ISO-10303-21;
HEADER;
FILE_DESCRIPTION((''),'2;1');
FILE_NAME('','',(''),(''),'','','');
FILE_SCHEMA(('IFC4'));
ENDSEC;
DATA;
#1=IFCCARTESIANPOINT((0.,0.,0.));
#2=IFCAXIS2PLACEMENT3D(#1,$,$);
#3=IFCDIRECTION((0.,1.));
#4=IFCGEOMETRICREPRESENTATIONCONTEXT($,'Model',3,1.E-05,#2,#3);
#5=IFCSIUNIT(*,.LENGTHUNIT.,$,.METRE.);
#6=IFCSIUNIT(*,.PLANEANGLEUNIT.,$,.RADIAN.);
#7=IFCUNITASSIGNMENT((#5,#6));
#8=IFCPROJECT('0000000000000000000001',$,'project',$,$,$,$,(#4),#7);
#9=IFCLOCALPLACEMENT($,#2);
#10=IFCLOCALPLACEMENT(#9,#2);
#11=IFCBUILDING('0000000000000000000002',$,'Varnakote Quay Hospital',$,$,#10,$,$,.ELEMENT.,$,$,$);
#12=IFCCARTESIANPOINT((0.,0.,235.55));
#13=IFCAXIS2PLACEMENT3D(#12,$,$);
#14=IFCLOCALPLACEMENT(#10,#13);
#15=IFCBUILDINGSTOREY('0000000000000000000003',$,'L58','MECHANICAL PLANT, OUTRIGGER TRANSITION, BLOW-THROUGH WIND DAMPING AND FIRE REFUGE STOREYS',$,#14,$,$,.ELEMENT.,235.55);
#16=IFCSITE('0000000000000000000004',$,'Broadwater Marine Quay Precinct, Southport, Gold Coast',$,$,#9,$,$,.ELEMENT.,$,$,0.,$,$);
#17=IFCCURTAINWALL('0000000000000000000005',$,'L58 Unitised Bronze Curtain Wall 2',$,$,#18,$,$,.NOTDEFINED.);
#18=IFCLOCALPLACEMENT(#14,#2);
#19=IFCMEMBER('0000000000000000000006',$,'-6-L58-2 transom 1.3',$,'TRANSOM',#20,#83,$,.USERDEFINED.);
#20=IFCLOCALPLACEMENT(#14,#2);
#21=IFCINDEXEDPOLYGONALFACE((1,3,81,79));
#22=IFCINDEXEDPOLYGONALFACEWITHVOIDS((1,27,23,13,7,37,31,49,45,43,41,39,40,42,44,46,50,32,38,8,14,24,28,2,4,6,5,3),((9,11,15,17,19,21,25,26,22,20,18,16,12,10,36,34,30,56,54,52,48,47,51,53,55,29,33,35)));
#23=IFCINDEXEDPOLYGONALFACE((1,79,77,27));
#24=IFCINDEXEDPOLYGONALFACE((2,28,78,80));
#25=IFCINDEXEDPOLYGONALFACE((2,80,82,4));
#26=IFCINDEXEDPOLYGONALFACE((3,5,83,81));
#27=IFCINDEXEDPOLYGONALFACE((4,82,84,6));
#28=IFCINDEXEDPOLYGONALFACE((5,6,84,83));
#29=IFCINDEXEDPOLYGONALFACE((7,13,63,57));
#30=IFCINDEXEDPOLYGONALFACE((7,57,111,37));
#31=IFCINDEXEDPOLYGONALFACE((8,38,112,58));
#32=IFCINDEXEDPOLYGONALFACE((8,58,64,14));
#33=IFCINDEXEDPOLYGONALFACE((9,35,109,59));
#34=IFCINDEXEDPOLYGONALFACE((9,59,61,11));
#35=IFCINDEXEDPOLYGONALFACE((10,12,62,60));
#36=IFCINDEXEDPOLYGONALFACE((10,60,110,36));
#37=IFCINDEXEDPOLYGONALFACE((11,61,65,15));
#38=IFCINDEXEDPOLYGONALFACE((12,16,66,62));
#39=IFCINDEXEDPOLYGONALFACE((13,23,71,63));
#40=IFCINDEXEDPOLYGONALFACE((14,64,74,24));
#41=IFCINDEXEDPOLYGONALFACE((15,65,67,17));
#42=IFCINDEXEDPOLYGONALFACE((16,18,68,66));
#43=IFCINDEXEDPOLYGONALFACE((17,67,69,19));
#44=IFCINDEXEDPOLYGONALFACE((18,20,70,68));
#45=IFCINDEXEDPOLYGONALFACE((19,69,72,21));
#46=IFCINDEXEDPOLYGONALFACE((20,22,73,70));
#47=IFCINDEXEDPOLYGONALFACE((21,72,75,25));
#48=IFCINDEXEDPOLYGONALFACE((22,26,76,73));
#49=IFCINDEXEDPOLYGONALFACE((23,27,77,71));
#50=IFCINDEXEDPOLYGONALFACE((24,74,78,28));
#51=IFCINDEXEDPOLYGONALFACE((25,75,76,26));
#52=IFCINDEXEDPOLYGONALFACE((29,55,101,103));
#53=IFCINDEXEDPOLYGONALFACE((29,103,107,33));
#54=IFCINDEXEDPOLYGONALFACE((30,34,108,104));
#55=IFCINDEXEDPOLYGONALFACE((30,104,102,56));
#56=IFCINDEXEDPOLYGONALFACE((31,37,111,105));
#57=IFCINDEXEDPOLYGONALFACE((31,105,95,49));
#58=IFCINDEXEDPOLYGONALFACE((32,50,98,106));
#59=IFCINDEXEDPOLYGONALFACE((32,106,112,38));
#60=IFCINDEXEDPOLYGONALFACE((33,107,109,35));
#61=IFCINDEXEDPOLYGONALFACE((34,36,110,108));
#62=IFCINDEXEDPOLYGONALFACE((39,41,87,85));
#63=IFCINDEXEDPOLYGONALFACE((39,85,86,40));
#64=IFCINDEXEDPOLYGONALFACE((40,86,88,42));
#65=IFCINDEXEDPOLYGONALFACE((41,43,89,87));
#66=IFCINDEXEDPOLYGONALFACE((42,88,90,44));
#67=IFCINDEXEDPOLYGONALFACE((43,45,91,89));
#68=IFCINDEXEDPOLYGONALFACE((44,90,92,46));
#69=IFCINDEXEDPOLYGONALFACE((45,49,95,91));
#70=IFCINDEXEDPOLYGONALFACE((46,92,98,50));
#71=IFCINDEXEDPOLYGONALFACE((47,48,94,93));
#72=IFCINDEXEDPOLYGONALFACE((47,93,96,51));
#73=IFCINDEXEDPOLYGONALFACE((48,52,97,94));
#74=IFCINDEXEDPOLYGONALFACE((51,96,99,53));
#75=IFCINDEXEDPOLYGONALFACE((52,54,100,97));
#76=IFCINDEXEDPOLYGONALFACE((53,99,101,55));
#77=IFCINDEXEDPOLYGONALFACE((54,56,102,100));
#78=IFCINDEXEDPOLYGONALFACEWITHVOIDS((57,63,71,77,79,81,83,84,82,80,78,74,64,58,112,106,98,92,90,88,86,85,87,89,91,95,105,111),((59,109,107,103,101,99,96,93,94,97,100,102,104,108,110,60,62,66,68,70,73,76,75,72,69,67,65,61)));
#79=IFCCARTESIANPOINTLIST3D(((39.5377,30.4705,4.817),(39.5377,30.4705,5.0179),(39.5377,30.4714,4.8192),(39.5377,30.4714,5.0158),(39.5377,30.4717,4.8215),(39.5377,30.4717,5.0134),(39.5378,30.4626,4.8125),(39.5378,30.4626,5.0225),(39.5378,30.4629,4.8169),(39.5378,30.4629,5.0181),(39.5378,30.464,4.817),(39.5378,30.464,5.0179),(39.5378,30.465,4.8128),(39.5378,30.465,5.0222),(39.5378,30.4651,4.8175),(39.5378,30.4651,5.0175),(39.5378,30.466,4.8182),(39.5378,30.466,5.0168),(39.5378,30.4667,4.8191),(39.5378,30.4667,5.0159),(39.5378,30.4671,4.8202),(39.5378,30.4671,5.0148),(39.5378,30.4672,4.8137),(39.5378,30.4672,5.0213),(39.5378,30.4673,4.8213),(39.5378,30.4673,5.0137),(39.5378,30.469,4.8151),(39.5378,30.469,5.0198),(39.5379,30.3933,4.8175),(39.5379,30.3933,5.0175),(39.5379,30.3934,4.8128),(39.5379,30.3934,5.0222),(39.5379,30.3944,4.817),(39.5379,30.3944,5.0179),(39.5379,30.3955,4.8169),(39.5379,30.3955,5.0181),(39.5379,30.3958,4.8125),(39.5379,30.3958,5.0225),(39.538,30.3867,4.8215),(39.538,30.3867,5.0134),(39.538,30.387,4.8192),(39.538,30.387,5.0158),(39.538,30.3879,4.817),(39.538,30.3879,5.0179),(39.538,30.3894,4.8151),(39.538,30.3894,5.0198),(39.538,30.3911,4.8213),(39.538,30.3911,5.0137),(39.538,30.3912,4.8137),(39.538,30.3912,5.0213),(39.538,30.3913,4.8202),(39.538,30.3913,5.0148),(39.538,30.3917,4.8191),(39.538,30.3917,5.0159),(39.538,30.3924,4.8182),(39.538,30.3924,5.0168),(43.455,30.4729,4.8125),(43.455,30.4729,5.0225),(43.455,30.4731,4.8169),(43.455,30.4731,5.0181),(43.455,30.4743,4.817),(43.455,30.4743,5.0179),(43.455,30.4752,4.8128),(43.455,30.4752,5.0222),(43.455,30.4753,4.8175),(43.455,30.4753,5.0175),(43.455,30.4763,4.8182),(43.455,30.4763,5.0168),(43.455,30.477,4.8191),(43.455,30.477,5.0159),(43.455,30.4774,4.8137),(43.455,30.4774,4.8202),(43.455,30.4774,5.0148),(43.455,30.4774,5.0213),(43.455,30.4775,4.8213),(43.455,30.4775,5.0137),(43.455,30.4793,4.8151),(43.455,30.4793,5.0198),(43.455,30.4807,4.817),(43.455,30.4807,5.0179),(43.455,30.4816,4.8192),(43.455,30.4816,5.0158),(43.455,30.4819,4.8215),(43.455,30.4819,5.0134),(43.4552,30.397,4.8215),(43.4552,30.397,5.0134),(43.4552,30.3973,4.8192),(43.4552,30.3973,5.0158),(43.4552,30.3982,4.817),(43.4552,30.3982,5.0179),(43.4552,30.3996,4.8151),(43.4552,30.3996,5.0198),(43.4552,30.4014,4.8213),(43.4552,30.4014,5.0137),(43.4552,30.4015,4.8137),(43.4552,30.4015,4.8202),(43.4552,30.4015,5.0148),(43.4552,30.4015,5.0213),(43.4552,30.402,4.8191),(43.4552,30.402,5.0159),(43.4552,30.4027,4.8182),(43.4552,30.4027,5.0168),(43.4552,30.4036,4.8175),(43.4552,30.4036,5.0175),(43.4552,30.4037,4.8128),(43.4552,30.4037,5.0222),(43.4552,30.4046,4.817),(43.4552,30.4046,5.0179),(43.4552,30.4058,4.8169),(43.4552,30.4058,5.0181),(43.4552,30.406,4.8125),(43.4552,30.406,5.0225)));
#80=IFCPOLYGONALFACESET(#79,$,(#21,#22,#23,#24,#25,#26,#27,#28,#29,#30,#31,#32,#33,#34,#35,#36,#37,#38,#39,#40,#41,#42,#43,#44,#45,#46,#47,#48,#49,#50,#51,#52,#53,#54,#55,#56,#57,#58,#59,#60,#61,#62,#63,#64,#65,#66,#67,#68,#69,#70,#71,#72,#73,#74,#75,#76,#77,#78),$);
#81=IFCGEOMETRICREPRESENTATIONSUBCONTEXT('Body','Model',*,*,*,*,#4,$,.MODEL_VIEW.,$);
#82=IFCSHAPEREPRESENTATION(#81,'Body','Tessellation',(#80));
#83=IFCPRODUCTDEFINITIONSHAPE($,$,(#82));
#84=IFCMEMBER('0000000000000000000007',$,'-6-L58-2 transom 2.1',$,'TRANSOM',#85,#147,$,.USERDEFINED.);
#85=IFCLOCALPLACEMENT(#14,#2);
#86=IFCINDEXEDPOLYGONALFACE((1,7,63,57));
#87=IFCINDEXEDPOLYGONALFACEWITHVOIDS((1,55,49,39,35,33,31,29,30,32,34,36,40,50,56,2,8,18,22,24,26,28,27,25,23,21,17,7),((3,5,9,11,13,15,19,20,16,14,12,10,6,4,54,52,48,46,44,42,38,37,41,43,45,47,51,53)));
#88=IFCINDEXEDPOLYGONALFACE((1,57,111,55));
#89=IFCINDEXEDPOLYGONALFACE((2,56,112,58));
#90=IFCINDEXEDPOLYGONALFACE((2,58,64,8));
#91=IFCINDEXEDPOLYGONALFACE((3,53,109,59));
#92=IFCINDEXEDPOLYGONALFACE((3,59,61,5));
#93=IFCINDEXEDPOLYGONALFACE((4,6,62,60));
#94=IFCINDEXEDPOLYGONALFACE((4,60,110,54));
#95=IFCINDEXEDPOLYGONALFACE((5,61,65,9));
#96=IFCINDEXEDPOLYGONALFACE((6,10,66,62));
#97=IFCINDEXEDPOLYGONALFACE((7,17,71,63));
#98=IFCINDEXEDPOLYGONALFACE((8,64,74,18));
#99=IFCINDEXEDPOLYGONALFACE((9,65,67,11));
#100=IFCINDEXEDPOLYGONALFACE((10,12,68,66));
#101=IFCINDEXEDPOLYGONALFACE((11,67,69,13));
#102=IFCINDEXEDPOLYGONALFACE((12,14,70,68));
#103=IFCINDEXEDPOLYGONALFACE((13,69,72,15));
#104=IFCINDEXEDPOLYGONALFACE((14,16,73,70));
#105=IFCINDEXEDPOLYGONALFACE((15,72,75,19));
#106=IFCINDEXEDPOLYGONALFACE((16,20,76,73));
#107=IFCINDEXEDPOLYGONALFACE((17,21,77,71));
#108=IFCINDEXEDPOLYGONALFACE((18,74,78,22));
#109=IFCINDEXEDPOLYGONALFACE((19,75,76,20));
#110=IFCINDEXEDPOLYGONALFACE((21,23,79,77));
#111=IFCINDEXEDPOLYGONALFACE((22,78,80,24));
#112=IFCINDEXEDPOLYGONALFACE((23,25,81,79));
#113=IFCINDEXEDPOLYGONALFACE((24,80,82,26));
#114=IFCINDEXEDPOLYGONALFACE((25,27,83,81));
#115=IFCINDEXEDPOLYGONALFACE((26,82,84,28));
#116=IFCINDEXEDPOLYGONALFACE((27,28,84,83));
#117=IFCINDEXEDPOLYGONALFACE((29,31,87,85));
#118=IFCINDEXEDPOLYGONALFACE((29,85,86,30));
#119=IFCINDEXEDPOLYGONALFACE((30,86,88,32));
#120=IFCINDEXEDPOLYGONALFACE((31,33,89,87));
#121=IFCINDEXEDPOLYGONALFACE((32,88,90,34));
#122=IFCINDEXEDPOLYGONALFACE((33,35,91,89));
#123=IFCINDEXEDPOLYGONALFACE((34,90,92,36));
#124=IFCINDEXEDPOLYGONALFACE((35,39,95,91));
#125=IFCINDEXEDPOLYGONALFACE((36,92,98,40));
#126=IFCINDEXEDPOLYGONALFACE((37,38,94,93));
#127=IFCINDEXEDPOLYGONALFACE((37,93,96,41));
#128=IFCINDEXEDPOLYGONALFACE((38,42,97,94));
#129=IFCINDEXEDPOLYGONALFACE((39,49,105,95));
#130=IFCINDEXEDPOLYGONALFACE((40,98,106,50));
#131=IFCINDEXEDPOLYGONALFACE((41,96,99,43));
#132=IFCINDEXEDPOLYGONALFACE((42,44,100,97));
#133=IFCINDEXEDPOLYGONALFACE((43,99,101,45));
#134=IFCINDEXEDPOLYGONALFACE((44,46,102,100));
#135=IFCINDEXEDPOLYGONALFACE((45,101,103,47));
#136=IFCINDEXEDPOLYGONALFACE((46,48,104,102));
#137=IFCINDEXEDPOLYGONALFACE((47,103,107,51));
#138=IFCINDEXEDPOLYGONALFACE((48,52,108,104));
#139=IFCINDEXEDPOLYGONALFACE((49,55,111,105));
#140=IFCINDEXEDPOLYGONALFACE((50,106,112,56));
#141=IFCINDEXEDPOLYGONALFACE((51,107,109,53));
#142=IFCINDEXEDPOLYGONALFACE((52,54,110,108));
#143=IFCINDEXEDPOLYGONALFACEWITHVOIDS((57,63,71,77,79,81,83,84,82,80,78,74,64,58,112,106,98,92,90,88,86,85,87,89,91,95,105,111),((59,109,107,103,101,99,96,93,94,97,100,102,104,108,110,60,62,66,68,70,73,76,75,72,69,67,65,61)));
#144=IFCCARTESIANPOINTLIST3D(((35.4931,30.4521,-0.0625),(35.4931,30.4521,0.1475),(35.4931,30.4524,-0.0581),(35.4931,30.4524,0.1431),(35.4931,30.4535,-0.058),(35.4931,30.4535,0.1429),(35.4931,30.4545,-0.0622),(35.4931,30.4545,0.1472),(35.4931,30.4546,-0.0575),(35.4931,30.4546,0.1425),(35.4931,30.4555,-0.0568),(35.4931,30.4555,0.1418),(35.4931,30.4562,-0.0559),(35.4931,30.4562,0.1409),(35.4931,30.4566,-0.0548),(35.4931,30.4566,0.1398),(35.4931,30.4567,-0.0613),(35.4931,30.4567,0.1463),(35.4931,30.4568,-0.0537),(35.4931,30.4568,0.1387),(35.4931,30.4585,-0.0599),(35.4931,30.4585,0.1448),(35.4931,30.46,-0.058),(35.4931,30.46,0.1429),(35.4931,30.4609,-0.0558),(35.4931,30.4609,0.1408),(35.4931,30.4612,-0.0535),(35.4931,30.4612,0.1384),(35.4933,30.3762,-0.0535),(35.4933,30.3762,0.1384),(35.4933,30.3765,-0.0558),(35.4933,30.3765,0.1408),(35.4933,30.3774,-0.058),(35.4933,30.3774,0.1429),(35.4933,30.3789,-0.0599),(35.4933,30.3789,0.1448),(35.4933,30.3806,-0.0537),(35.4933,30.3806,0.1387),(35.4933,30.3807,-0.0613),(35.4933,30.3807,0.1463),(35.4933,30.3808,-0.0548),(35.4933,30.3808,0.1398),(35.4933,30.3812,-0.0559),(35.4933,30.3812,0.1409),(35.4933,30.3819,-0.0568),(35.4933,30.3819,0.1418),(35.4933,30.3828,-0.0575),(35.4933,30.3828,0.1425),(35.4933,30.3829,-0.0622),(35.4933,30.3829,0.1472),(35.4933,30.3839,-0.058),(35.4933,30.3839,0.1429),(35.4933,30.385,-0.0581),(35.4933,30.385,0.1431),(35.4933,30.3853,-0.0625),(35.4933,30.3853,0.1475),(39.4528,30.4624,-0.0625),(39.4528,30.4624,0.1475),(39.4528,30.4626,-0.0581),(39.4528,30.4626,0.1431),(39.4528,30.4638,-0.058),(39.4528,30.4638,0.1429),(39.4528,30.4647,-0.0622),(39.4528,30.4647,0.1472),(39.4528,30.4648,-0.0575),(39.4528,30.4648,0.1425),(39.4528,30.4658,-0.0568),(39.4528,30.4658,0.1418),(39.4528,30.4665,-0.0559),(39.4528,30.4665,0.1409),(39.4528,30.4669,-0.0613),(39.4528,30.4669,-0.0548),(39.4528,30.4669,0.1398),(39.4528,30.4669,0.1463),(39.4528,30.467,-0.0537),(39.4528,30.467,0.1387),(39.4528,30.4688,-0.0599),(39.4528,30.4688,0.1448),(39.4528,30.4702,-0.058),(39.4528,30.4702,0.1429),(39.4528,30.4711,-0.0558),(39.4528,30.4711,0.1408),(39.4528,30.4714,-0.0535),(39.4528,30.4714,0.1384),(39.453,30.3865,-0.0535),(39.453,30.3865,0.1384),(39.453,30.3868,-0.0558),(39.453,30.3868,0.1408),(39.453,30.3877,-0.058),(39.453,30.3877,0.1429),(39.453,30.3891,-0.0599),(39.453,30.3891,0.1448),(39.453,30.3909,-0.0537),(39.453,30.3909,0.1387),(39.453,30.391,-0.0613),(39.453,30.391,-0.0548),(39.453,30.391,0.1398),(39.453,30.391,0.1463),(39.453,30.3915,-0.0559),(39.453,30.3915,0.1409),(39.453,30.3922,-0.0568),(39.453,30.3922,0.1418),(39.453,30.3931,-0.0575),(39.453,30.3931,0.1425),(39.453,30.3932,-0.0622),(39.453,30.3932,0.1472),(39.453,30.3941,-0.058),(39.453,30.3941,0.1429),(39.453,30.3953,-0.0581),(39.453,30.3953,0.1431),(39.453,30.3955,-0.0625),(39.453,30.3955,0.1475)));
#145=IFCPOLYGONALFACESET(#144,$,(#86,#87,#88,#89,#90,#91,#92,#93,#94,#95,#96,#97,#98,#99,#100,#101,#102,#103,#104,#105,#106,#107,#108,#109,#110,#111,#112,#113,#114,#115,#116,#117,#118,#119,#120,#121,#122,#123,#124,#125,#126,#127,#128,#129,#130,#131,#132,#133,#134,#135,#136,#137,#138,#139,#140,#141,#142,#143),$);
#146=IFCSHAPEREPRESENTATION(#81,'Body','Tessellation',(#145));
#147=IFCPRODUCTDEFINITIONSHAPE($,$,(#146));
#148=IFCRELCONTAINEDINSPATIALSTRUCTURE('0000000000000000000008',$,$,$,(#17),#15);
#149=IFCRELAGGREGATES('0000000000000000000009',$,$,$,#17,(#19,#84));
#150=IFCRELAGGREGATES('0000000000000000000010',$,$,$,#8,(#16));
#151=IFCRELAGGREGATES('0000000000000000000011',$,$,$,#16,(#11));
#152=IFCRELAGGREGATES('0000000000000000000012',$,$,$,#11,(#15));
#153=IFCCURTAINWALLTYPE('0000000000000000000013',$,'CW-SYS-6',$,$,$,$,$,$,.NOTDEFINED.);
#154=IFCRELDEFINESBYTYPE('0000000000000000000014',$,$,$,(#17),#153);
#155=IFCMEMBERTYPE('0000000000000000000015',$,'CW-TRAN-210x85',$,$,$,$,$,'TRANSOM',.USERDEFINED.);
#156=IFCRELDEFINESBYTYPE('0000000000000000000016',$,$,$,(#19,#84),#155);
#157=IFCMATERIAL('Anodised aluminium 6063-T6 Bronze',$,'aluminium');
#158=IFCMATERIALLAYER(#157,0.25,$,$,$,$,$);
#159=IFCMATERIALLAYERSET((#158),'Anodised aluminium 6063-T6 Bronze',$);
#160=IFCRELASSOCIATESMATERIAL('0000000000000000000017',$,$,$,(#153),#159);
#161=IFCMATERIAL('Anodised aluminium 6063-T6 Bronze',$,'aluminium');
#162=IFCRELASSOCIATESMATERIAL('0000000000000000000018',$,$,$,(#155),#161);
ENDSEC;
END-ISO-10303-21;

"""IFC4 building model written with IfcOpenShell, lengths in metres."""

from ifc_helpers import new_model, si_unit, direction, frame, origin, origin_2d, place, context, subcontext, project, spatial, hollow_rectangle, extrude, material, layer, layer_set, material_profile, profile_set, type_object, element, aggregate, save


model = new_model("IFC4")

# Units and contexts
model_context = context("Model", 3, precision=1e-05, world=origin(), true_north=direction((0.0, 1.0)))
body_context = subcontext(model_context, "Body", "Model", "MODEL_VIEW")
ifc_project = project(units=[si_unit("LENGTHUNIT", "METRE"), si_unit("PLANEANGLEUNIT", "RADIAN")], contexts=[model_context])

# Site, building, storey
site_placement = place(None, origin())
site = spatial("IfcSite", under=ifc_project, at=site_placement, Name="Broadwater Marine Quay Precinct, Southport, Gold Coast", CompositionType="ELEMENT", RefElevation=0.0)
building_placement = place(site_placement, origin())
building = spatial("IfcBuilding", under=site, at=building_placement, Name="Varnakote Quay Hospital", CompositionType="ELEMENT")
storey_placement = place(building_placement, frame((0.0, 0.0, 235.55)))
storey = spatial("IfcBuildingStorey", under=building, at=storey_placement, Name="L58", Description="MECHANICAL PLANT, OUTRIGGER TRANSITION, BLOW-THROUGH WIND DAMPING AND FIRE REFUGE STOREYS", CompositionType="ELEMENT", Elevation=235.55)

# Curtain wall
ifc_material_1 = material(Name="Anodised aluminium 6063-T6 Bronze", Category="aluminium")
ifc_layer_1 = layer(ifc_material_1, 0.25)
ifc_layer_set_1 = layer_set([ifc_layer_1], Name="Anodised aluminium 6063-T6 Bronze")
curtain_wall_type = type_object("IfcCurtainWallType", Name="CW-SYS-6", PredefinedType="NOTDEFINED", material=ifc_layer_set_1)
curtain_wall_1_placement = place(storey_placement, origin())
curtain_wall_1 = element("IfcCurtainWall", 1, at=curtain_wall_1_placement, inside=storey, type_object=curtain_wall_type, Name="L58 Unitised Bronze Curtain Wall 2", PredefinedType="NOTDEFINED")

# Members
ifc_material_2 = material(Name="Anodised aluminium 6063-T6 Bronze", Category="aluminium")
ifc_material_profile_1 = material_profile(ifc_material_2, hollow_rectangle(XDim=0.085, YDim=0.21, WallThickness=0.0044, InnerFilletRadius=0.0044, OuterFilletRadius=0.009, at=origin_2d()), Name="CW-TRAN-210x85")
ifc_profile_set_1 = profile_set([ifc_material_profile_1], Name="Anodised aluminium 6063-T6 Bronze")
member_type_1 = type_object("IfcMemberType", Name="CW-TRAN-210x85", ElementType="TRANSOM", PredefinedType="USERDEFINED", material=ifc_profile_set_1)
member_1_placement = place(storey_placement, frame((43.4551, 30.4395, 4.9175), z_axis=(-0.999997, -0.002618, 0.0), x_axis=(0.002618, -0.999997, 0.0)))
member_1 = element("IfcMember", 2, at=member_1_placement, type_object=member_type_1, Name="-6-L58-2 transom 1.3", ObjectType="TRANSOM", PredefinedType="USERDEFINED", context=body_context, shape_type="SweptSolid", body=[
    extrude(hollow_rectangle(XDim=0.085, YDim=0.21, WallThickness=0.0044, InnerFilletRadius=0.0044, OuterFilletRadius=0.009, at=origin_2d()), origin(), (0.0, 0.0, 1.0), 3.9172),
])
member_2_placement = place(storey_placement, frame((39.4529, 30.429, 0.0425), z_axis=(-0.999997, -0.00259, 0.0), x_axis=(0.00259, -0.999997, 0.0)))
member_2 = element("IfcMember", 3, at=member_2_placement, type_object=member_type_1, Name="-6-L58-2 transom 2.1", ObjectType="TRANSOM", PredefinedType="USERDEFINED", context=body_context, shape_type="SweptSolid", body=[
    extrude(hollow_rectangle(XDim=0.085, YDim=0.21, WallThickness=0.0044, InnerFilletRadius=0.0044, OuterFilletRadius=0.009, at=origin_2d()), origin(), (0.0, 0.0, 1.0), 3.9597),
])

aggregate(curtain_wall_1, [member_1, member_2])

save(model, "model.ifc")
